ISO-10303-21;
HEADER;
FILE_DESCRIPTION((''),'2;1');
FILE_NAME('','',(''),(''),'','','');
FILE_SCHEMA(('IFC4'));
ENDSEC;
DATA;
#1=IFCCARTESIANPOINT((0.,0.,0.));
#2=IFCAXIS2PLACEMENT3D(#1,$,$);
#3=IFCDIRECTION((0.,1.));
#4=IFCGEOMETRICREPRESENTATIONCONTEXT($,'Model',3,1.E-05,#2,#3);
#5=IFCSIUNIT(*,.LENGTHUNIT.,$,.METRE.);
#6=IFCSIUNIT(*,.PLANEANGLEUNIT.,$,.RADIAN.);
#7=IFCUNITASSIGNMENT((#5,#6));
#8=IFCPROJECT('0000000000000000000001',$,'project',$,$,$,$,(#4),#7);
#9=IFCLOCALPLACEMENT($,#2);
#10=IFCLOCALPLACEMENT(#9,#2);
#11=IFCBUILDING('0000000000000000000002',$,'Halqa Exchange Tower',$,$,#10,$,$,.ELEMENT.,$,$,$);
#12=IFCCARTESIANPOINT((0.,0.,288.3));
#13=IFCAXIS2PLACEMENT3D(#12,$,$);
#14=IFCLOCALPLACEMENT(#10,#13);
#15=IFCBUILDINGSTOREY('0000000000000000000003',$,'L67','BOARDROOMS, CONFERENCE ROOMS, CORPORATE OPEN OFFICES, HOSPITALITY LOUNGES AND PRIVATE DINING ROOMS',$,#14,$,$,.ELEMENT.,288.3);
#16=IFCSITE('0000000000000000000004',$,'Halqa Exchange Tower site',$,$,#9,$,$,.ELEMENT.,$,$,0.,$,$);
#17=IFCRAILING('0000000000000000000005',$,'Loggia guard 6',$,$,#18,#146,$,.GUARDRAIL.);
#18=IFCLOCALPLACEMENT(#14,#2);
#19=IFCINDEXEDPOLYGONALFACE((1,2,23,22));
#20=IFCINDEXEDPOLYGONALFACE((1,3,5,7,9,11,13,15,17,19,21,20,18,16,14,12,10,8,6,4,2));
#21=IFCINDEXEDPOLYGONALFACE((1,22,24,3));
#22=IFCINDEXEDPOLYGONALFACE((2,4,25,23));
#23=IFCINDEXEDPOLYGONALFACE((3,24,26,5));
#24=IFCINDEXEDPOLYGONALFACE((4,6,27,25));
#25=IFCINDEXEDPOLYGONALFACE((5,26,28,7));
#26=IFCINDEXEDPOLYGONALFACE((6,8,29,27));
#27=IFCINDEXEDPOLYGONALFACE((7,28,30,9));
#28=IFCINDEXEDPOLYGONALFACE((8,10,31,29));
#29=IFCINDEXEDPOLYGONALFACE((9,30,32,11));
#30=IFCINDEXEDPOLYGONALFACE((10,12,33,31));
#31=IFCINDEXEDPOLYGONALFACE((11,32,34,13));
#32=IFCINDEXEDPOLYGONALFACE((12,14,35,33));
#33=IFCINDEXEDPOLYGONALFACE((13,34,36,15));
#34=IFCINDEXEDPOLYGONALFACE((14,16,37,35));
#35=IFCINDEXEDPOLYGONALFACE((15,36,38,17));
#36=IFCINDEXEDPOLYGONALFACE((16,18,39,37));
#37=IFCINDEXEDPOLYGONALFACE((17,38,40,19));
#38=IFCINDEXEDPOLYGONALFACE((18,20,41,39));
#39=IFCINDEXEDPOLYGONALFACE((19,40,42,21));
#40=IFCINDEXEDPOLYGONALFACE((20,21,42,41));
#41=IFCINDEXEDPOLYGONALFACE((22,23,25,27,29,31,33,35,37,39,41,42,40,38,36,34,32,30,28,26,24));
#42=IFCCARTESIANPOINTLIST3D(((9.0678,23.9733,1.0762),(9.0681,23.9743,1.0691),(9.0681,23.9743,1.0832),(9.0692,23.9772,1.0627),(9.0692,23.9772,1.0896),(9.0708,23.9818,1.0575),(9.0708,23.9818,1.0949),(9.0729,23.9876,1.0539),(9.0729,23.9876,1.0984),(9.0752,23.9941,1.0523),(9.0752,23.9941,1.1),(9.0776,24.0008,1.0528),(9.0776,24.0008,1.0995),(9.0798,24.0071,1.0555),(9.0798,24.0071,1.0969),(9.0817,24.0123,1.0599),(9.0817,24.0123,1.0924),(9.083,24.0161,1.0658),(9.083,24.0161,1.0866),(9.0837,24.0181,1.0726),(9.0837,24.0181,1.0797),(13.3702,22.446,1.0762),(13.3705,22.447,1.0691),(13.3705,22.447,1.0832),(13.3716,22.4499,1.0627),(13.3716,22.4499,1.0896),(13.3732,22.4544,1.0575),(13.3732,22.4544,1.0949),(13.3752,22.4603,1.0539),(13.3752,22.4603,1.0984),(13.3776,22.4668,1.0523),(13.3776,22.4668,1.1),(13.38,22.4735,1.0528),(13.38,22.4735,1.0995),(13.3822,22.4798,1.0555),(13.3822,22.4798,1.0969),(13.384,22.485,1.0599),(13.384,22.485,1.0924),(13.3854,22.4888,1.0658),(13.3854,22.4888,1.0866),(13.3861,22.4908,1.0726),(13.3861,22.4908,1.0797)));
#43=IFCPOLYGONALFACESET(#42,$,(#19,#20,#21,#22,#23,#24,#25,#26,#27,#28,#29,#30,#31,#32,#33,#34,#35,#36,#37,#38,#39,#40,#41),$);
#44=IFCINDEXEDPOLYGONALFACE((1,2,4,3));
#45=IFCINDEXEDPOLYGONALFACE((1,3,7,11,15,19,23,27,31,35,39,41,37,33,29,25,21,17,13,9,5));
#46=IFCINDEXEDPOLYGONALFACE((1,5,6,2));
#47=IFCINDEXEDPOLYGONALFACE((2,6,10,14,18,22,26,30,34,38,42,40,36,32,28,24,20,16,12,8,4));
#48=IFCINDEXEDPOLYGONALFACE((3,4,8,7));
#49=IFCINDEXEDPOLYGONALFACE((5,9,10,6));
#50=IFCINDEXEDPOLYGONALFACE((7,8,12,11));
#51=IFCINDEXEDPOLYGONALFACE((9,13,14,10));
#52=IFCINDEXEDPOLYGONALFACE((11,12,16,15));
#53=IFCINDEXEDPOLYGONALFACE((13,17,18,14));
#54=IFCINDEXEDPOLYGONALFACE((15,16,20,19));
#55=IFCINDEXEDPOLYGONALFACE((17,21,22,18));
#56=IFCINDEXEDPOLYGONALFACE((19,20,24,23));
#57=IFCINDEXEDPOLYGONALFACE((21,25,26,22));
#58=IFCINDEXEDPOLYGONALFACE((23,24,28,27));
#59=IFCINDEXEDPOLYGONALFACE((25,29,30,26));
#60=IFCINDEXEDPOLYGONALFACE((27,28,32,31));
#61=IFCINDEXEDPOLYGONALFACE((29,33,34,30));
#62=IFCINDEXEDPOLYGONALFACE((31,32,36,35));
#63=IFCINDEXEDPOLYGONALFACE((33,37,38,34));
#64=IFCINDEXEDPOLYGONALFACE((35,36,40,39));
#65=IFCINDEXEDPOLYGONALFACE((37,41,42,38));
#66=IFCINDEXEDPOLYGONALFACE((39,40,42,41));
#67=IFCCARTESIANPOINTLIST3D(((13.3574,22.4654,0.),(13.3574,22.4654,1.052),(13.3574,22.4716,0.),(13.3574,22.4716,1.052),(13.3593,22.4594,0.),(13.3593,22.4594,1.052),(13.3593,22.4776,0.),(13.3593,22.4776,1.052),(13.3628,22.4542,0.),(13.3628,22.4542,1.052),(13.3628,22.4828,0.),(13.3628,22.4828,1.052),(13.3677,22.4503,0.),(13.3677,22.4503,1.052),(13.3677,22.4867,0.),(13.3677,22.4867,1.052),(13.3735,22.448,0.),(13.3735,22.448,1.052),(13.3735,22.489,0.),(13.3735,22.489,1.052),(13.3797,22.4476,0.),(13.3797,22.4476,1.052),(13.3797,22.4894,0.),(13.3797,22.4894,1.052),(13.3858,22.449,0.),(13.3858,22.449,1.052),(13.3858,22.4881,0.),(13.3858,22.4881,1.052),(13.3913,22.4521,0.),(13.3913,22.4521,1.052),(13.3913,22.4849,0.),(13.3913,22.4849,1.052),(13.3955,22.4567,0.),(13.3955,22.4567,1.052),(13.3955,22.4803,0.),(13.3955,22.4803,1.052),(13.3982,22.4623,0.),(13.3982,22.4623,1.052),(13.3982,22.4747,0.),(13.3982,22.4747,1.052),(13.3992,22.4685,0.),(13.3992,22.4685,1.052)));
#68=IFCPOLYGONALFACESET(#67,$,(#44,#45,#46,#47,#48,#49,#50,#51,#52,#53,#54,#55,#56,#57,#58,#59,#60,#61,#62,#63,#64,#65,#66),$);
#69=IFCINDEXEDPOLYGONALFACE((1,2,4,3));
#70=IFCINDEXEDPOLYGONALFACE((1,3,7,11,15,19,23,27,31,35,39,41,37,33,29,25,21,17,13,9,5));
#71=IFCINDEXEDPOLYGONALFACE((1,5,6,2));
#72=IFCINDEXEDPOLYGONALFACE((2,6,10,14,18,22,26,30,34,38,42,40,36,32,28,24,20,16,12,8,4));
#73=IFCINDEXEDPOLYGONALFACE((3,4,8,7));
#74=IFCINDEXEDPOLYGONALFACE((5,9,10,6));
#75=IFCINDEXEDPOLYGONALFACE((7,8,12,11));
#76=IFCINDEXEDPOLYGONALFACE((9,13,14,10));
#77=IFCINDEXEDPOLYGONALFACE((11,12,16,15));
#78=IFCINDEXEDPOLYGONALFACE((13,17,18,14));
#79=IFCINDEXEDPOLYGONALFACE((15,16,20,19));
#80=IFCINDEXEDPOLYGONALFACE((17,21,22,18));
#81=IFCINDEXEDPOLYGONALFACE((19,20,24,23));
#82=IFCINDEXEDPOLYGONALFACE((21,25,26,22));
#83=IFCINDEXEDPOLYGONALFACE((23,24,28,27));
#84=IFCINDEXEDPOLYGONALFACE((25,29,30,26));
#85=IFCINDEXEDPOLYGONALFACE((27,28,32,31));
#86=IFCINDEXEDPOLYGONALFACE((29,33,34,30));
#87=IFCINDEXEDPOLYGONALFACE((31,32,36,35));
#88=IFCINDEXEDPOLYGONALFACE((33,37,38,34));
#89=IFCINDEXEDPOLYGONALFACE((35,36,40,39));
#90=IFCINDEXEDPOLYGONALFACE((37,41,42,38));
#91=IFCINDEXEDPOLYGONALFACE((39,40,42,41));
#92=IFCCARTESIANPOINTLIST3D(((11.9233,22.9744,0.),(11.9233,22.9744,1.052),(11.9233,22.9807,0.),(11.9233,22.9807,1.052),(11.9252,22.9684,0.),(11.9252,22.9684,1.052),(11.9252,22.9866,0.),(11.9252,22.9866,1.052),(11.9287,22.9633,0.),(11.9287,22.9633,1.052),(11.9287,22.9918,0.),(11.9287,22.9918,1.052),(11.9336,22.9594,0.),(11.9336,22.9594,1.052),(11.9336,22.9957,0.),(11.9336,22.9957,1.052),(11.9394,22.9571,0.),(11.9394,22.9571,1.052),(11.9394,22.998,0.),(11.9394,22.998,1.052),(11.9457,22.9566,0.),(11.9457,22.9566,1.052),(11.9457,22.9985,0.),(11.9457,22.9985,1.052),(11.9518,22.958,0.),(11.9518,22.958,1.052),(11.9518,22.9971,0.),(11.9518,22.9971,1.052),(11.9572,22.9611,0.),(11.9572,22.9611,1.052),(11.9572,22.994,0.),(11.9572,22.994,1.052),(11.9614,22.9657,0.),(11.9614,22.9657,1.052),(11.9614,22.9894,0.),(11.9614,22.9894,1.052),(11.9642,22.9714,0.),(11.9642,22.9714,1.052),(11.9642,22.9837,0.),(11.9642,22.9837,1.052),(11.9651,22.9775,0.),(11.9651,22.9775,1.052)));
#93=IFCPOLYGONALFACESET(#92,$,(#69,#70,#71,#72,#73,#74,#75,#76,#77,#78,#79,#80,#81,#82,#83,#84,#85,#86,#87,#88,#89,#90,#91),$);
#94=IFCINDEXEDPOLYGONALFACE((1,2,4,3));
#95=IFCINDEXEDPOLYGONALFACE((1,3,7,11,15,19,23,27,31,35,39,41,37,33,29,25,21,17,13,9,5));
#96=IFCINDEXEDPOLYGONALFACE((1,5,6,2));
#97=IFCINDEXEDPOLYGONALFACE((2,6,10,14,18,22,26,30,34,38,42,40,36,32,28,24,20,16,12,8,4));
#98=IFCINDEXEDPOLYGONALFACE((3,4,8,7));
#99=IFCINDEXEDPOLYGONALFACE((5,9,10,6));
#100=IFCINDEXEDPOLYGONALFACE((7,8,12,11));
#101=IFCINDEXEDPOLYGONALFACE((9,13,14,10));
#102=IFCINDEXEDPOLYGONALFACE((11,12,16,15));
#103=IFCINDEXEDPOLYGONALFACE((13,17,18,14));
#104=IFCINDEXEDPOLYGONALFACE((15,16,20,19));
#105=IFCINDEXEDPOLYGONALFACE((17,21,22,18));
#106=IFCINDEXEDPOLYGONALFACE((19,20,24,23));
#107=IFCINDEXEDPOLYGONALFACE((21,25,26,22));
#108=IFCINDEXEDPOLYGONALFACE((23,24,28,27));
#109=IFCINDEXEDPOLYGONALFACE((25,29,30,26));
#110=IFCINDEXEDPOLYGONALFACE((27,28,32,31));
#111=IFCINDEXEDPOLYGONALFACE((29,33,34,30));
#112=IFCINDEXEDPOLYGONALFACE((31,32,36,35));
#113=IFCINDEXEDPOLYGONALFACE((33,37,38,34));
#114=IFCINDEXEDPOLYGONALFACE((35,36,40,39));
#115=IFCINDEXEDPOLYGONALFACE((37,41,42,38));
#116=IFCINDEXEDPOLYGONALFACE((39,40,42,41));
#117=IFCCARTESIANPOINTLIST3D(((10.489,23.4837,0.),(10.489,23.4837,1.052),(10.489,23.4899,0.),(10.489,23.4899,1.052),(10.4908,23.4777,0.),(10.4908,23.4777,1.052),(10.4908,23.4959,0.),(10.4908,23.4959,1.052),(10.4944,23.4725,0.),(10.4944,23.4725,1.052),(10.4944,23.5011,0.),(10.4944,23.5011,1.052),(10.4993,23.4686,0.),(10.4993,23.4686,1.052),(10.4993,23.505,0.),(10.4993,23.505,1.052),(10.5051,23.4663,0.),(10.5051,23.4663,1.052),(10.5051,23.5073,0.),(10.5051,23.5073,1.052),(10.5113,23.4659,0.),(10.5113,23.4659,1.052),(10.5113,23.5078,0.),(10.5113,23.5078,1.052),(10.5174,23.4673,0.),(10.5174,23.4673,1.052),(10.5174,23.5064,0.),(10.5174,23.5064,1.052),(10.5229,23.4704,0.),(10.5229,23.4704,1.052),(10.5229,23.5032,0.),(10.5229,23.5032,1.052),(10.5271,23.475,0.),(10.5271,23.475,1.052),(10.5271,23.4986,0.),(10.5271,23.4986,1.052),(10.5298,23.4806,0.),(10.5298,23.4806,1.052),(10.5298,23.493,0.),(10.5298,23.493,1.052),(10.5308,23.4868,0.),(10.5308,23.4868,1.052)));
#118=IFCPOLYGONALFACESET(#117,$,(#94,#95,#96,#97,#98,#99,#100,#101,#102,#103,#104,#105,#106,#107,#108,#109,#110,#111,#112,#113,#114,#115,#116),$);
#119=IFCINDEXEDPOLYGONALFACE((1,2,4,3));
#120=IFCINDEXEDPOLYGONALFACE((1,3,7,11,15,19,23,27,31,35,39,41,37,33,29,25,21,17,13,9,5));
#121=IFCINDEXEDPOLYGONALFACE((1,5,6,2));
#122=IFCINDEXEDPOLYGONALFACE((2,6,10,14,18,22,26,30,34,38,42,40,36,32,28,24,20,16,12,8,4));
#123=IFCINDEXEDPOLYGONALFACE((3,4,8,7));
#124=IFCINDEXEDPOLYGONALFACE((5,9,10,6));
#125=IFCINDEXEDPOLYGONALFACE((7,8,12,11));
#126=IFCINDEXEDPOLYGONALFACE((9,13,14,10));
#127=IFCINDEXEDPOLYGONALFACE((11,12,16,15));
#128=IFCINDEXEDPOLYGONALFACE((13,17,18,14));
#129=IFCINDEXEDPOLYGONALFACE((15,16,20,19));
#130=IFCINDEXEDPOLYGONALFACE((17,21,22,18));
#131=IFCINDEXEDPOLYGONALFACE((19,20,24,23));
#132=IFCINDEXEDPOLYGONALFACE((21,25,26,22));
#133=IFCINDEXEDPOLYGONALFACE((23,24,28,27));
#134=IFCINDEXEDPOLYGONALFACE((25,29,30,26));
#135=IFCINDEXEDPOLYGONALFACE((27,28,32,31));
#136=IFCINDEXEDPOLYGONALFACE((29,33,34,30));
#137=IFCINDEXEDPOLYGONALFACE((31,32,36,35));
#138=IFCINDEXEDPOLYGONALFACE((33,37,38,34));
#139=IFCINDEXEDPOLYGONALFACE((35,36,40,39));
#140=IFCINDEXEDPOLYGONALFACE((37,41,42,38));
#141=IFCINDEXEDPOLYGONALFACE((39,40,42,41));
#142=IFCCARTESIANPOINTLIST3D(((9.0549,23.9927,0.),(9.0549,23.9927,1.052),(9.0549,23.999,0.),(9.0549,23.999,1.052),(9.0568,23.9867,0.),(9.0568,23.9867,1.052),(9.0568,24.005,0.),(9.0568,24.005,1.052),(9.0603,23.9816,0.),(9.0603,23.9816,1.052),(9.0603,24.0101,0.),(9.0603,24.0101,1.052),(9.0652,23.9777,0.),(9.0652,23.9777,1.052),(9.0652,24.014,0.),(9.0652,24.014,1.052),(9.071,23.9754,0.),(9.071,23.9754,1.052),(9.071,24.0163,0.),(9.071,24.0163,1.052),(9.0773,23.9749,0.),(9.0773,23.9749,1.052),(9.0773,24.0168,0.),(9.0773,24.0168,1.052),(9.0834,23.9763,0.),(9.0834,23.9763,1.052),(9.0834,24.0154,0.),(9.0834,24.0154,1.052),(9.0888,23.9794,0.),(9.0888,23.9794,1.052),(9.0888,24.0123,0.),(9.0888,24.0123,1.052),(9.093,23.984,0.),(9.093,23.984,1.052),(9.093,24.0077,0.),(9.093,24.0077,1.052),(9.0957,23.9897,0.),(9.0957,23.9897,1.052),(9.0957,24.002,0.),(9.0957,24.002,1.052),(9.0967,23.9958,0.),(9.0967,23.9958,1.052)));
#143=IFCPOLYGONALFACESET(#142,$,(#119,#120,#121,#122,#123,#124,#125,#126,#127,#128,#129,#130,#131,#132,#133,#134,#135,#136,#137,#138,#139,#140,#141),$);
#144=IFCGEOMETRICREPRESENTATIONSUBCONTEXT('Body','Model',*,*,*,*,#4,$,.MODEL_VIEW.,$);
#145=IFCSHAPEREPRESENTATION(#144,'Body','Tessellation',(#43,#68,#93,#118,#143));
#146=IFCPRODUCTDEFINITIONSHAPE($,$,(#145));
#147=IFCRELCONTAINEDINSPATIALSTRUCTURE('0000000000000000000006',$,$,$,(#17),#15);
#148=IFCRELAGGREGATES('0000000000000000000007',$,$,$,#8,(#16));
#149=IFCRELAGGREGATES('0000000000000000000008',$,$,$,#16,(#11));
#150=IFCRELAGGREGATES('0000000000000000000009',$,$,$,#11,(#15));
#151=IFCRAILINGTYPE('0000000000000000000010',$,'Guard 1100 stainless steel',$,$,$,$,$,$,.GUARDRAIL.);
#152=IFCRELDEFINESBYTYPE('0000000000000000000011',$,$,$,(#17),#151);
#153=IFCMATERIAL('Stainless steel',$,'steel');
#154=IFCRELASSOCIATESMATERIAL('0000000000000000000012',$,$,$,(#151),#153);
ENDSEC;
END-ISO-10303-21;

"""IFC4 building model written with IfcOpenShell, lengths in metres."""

from ifc_helpers import new_model, si_unit, direction, frame, origin, origin_2d, place, context, subcontext, project, spatial, circle, extrude, material, type_object, element, save


model = new_model("IFC4")

# Units and contexts
model_context = context("Model", 3, precision=1e-05, world=origin(), true_north=direction((0.0, 1.0)))
body_context = subcontext(model_context, "Body", "Model", "MODEL_VIEW")
ifc_project = project(units=[si_unit("LENGTHUNIT", "METRE"), si_unit("PLANEANGLEUNIT", "RADIAN")], contexts=[model_context])

# Site, building, storey
site_placement = place(None, origin())
site = spatial("IfcSite", under=ifc_project, at=site_placement, Name="Halqa Exchange Tower site", CompositionType="ELEMENT", RefElevation=0.0)
building_placement = place(site_placement, origin())
building = spatial("IfcBuilding", under=site, at=building_placement, Name="Halqa Exchange Tower", CompositionType="ELEMENT")
storey_placement = place(building_placement, frame((0.0, 0.0, 288.3)))
storey = spatial("IfcBuildingStorey", under=building, at=storey_placement, Name="L67", Description="BOARDROOMS, CONFERENCE ROOMS, CORPORATE OPEN OFFICES, HOSPITALITY LOUNGES AND PRIVATE DINING ROOMS", CompositionType="ELEMENT", Elevation=288.3)

# Railing
ifc_material_1 = material(Name="Stainless steel", Category="steel")
railing_type = type_object("IfcRailingType", Name="Guard 1100 stainless steel", PredefinedType="GUARDRAIL", material=ifc_material_1)
railing_1_placement = place(storey_placement, frame((13.3782, 22.4685, 0.0)))
element("IfcRailing", 1, at=railing_1_placement, inside=storey, type_object=railing_type, Name="Loggia guard 6", PredefinedType="GUARDRAIL", context=body_context, shape_type="SweptSolid", body=[
    extrude(circle(Radius=0.0239, at=origin_2d()), frame((0.0, 0.0, 1.0762), z_axis=(-0.942383, 0.334537, 0.0), x_axis=(-0.334537, -0.942383, 0.0)), (0.0, 0.0, 1.0), 4.5654),
    extrude(circle(Radius=0.021, at=origin_2d()), origin(), (0.0, 0.0, 1.0), 1.052),
    extrude(circle(Radius=0.021, at=origin_2d()), frame((-1.4341, 0.509, 0.0)), (0.0, 0.0, 1.0), 1.052),
    extrude(circle(Radius=0.021, at=origin_2d()), frame((-2.8684, 1.0183, 0.0)), (0.0, 0.0, 1.0), 1.052),
    extrude(circle(Radius=0.021, at=origin_2d()), frame((-4.3025, 1.5273, 0.0)), (0.0, 0.0, 1.0), 1.052),
])

save(model, "model.ifc")
